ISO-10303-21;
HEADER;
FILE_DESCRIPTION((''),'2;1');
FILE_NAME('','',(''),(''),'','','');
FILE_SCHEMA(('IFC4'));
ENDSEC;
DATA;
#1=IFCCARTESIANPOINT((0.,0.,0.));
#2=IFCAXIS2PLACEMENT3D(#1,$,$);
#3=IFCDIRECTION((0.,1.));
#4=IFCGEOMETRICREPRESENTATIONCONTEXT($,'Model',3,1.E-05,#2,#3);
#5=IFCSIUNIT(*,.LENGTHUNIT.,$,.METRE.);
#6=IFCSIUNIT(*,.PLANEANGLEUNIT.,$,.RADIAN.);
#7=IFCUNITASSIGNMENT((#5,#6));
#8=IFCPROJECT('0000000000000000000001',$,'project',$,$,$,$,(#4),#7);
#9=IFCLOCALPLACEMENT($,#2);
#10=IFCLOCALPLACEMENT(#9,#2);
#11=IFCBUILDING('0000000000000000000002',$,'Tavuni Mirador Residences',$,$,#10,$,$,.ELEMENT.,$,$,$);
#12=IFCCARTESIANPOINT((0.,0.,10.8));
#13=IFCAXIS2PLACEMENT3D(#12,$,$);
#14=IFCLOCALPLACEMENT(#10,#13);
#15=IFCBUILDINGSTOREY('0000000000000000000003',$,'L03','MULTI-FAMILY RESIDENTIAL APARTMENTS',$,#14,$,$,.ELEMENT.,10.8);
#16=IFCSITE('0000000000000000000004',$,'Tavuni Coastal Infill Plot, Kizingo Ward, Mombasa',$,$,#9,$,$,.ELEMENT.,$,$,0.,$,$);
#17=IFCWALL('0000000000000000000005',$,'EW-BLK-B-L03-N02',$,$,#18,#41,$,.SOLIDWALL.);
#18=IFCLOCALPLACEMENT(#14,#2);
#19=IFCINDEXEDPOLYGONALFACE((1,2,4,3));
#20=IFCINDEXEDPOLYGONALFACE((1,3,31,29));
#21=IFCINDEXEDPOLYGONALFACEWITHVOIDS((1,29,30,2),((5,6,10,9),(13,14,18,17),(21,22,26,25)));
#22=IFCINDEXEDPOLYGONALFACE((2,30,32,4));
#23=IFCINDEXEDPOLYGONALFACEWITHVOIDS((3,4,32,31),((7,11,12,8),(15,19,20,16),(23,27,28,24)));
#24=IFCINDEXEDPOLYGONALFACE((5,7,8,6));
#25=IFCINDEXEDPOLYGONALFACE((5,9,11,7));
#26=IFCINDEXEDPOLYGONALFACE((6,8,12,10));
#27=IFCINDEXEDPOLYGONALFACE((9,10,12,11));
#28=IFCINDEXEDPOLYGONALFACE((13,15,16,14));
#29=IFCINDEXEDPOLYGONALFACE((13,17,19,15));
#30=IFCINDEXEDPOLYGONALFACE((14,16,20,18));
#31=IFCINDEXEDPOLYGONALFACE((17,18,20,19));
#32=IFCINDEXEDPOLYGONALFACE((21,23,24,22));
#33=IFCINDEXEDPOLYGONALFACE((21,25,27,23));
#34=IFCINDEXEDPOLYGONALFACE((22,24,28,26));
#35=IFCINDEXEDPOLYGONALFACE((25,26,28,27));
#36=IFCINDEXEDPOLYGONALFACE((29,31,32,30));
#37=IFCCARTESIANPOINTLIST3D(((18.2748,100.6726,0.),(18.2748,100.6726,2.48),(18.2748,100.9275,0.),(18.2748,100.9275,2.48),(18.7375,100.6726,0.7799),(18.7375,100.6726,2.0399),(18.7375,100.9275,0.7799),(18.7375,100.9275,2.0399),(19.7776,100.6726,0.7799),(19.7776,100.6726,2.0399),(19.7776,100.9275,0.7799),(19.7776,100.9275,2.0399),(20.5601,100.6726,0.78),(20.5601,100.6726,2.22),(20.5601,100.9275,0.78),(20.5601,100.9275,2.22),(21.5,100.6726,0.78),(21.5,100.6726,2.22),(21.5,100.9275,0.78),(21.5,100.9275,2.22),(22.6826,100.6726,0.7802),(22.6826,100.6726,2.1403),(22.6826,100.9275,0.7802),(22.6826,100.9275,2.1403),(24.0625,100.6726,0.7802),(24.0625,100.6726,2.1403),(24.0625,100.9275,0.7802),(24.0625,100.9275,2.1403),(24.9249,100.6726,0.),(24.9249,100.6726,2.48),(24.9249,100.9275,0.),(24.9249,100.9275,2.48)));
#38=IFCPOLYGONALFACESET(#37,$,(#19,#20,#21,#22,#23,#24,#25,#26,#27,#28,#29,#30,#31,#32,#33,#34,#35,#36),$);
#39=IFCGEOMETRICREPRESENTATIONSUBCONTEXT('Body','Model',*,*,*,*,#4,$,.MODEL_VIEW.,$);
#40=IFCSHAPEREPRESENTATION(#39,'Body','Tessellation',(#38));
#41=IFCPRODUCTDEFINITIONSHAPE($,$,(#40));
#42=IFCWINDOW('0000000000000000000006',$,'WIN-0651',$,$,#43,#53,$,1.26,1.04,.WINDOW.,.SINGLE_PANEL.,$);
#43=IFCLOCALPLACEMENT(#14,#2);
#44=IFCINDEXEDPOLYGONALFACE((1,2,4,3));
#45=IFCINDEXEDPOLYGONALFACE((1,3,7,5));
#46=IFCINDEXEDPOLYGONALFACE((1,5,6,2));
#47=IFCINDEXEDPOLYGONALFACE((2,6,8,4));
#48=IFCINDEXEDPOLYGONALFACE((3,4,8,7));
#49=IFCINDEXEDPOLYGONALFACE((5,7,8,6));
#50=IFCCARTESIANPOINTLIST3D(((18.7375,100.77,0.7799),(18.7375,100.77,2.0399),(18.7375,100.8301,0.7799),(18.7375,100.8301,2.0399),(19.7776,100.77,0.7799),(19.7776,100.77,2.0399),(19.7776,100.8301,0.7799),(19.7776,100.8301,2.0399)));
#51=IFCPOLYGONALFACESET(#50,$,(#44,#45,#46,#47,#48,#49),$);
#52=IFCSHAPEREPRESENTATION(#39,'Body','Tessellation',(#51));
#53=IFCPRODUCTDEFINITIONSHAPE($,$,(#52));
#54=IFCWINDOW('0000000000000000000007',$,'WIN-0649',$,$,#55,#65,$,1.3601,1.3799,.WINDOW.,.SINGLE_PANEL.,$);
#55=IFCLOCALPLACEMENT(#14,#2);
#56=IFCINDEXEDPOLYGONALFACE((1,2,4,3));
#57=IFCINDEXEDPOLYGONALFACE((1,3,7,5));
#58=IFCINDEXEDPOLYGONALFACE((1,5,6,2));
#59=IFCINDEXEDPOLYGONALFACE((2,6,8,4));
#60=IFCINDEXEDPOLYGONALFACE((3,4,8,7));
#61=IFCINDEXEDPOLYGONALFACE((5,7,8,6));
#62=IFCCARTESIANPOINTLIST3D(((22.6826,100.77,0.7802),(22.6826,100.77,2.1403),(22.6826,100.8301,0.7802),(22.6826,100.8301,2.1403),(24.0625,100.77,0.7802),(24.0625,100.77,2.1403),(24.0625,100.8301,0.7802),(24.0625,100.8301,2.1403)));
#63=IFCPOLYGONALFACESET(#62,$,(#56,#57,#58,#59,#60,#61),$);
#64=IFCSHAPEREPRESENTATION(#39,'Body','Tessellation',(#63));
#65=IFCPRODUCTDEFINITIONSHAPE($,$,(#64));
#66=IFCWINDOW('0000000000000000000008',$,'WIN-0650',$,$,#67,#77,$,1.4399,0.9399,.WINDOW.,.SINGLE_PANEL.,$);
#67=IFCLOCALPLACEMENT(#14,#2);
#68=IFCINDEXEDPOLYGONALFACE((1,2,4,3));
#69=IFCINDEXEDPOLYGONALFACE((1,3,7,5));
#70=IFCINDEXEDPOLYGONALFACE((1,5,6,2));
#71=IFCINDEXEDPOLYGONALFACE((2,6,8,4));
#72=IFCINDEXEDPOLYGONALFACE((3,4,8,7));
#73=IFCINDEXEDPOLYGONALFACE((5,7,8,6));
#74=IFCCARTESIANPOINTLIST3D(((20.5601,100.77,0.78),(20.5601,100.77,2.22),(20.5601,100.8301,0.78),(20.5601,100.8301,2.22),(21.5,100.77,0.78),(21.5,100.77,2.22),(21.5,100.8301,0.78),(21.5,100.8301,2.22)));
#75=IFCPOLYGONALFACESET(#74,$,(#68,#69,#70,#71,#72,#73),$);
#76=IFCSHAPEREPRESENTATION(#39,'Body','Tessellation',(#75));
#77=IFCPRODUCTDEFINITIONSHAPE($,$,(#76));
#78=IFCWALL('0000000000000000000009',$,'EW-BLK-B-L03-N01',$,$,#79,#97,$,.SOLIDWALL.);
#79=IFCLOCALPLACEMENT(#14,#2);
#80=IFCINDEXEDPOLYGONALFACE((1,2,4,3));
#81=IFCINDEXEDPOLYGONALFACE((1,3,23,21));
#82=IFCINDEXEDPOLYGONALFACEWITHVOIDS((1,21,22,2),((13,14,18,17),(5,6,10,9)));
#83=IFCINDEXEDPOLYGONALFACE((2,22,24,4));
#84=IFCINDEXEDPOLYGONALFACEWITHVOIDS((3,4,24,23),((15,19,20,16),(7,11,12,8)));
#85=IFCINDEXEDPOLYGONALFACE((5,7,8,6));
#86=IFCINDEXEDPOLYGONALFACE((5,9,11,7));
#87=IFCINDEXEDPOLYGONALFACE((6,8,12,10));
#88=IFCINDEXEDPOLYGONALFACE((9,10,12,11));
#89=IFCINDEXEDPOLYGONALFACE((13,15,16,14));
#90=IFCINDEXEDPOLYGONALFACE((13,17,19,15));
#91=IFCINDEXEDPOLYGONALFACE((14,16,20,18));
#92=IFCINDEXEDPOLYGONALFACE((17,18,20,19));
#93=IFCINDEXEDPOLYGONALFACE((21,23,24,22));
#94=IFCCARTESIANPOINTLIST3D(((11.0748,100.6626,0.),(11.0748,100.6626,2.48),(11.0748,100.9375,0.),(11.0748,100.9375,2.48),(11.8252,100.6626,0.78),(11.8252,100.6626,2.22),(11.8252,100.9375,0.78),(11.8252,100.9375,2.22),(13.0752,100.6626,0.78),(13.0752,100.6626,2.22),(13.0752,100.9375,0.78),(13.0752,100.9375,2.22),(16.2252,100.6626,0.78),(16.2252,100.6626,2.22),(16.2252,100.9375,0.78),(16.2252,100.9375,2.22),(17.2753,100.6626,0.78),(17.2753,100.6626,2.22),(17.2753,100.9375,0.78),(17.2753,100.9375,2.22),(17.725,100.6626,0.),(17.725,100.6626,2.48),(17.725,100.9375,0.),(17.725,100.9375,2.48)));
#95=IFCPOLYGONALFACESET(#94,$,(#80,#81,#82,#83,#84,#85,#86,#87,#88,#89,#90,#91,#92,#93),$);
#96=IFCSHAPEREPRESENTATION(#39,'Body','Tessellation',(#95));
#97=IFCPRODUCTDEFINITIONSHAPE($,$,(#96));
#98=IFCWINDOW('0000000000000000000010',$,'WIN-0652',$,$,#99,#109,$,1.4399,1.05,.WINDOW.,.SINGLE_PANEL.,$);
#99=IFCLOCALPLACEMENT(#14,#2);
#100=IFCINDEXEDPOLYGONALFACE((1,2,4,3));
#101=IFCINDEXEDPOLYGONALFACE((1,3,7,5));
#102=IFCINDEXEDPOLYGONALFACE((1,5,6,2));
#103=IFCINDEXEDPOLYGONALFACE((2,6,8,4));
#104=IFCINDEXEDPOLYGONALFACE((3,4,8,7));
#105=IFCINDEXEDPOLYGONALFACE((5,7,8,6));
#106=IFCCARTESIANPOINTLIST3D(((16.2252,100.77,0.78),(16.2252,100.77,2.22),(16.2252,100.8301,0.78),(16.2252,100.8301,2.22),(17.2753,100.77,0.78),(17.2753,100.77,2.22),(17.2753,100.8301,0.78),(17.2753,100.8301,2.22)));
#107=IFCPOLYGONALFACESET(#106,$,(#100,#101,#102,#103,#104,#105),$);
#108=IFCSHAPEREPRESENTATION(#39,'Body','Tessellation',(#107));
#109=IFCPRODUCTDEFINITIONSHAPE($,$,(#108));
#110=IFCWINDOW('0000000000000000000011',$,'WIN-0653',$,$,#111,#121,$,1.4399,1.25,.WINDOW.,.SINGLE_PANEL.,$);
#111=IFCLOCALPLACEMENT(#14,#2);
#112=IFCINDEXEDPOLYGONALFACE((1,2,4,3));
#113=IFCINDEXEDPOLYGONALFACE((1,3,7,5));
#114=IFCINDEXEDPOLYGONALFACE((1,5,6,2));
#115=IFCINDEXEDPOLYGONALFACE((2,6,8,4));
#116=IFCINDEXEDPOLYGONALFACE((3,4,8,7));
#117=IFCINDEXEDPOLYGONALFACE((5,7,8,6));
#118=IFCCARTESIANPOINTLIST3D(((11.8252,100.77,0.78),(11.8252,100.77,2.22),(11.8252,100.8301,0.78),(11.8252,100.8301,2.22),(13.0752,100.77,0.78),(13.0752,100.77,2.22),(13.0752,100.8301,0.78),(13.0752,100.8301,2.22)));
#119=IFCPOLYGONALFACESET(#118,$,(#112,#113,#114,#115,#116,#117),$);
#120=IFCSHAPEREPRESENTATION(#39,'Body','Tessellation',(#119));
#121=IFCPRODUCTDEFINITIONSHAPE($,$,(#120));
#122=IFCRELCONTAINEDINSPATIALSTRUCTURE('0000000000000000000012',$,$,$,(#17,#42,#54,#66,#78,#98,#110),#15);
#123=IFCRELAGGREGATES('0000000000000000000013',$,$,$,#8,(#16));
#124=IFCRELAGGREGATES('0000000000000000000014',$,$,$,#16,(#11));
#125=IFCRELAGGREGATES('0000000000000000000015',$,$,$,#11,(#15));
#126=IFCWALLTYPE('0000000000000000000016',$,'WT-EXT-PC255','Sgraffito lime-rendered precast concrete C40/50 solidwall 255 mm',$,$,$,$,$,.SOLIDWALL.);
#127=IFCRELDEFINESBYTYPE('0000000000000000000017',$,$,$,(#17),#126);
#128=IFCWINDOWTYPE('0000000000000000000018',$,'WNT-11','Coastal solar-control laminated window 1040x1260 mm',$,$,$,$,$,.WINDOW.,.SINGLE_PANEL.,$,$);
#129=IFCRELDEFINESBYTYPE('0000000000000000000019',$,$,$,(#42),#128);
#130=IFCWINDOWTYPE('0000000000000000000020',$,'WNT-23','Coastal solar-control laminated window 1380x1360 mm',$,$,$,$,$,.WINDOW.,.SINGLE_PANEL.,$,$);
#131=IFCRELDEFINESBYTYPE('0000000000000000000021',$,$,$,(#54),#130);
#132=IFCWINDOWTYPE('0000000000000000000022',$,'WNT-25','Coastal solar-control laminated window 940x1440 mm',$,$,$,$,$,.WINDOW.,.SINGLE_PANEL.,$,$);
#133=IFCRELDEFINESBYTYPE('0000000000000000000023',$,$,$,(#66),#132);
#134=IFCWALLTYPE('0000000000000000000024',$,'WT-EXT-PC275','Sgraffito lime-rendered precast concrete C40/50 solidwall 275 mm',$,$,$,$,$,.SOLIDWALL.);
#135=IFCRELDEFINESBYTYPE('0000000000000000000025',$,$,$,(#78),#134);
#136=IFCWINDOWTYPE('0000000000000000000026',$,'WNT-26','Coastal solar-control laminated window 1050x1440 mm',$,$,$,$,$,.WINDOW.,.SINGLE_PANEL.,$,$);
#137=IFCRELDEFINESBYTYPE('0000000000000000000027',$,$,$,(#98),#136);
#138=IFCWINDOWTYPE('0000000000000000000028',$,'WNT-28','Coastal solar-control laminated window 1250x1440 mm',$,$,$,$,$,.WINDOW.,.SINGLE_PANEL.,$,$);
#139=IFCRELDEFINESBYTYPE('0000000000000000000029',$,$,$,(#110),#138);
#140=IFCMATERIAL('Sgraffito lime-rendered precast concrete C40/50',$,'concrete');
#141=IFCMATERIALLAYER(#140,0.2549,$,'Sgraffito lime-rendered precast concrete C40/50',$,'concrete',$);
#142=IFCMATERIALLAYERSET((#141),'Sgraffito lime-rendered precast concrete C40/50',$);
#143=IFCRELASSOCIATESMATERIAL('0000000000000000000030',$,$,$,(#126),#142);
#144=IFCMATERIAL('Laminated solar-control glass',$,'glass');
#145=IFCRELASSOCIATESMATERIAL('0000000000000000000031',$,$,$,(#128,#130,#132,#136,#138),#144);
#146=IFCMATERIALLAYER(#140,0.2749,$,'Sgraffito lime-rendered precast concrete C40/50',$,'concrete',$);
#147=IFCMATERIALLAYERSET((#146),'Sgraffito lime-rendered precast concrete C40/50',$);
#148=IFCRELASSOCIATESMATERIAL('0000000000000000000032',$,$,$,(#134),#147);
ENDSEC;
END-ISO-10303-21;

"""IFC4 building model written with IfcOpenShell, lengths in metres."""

from ifc_helpers import new_model, si_unit, direction, frame, frame_2d, origin, place, context, subcontext, project, spatial, rectangle, extrude, material, layer, layer_set, type_object, element, fill, save


model = new_model("IFC4")

# Units and contexts
model_context = context("Model", 3, precision=1e-05, world=origin(), true_north=direction((0.0, 1.0)))
body_context = subcontext(model_context, "Body", "Model", "MODEL_VIEW")
ifc_project = project(units=[si_unit("LENGTHUNIT", "METRE"), si_unit("PLANEANGLEUNIT", "RADIAN")], contexts=[model_context])

# Site, building, storey
site_placement = place(None, origin())
site = spatial("IfcSite", under=ifc_project, at=site_placement, Name="Tavuni Coastal Infill Plot, Kizingo Ward, Mombasa", CompositionType="ELEMENT", RefElevation=0.0)
building_placement = place(site_placement, origin())
building = spatial("IfcBuilding", under=site, at=building_placement, Name="Tavuni Mirador Residences", CompositionType="ELEMENT")
storey_placement = place(building_placement, frame((0.0, 0.0, 10.8)))
storey = spatial("IfcBuildingStorey", under=building, at=storey_placement, Name="L03", Description="MULTI-FAMILY RESIDENTIAL APARTMENTS", CompositionType="ELEMENT", Elevation=10.8)

# Walls, openings, windows
ifc_material_1 = material(Name="Sgraffito lime-rendered precast concrete C40/50", Category="concrete")
ifc_layer_1 = layer(ifc_material_1, 0.2549, Name="Sgraffito lime-rendered precast concrete C40/50", Category="concrete")
ifc_layer_set_1 = layer_set([ifc_layer_1], Name="Sgraffito lime-rendered precast concrete C40/50")
wall_type_1 = type_object("IfcWallType", Name="WT-EXT-PC255", Description="Sgraffito lime-rendered precast concrete C40/50 solidwall 255 mm", PredefinedType="SOLIDWALL", material=ifc_layer_set_1)
wall_1_placement = place(storey_placement, frame((24.925, 100.8, 0.0), z_axis=(0.0, 0.0, 1.0), x_axis=(-1.0, 0.0, 0.0)))
wall_1 = element("IfcWall", 1, at=wall_1_placement, inside=storey, type_object=wall_type_1, Name="EW-BLK-B-L03-N02", PredefinedType="SOLIDWALL", context=body_context, shape_type="SweptSolid", body=[
    extrude(rectangle(XDim=6.6501, YDim=0.2549, at=frame_2d((3.3252, 0.0))), origin(), (0.0, 0.0, 1.0), 2.48),
])
opening_1_placement = place(wall_1_placement, frame((0.8625, 0.0, 0.78)))
opening_1 = element("IfcOpeningElement", 2, at=opening_1_placement, cuts=wall_1, PredefinedType="OPENING", context=body_context, shape_type="SweptSolid", body=[
    extrude(rectangle(XDim=1.3799, YDim=1.3601, at=frame_2d((0.6899, 0.6802))), frame((0.0, 0.1375, 0.0), z_axis=(0.0, -1.0, 0.0), x_axis=(1.0, 0.0, 0.0)), (0.0, 0.0, 1.0), 0.2749),
])
opening_2_placement = place(wall_1_placement, frame((3.425, 0.0, 0.78)))
opening_2 = element("IfcOpeningElement", 3, at=opening_2_placement, cuts=wall_1, PredefinedType="OPENING", context=body_context, shape_type="SweptSolid", body=[
    extrude(rectangle(XDim=0.9399, YDim=1.4399, at=frame_2d((0.47, 0.72))), frame((0.0, 0.1375, 0.0), z_axis=(0.0, -1.0, 0.0), x_axis=(1.0, 0.0, 0.0)), (0.0, 0.0, 1.0), 0.2749),
])
opening_3_placement = place(wall_1_placement, frame((5.1475, 0.0, 0.78)))
opening_3 = element("IfcOpeningElement", 4, at=opening_3_placement, cuts=wall_1, PredefinedType="OPENING", context=body_context, shape_type="SweptSolid", body=[
    extrude(rectangle(XDim=1.04, YDim=1.26, at=frame_2d((0.52, 0.6299))), frame((0.0, 0.1375, 0.0), z_axis=(0.0, -1.0, 0.0), x_axis=(1.0, 0.0, 0.0)), (0.0, 0.0, 1.0), 0.2749),
])
ifc_material_2 = material(Name="Laminated solar-control glass", Category="glass")
window_type_1 = type_object("IfcWindowType", Name="WNT-11", Description="Coastal solar-control laminated window 1040x1260 mm", PartitioningType="SINGLE_PANEL", PredefinedType="WINDOW", material=ifc_material_2)
window_1_placement = place(opening_3_placement, origin())
window_1 = element("IfcWindow", 5, at=window_1_placement, inside=storey, type_object=window_type_1, Name="WIN-0651", OverallHeight=1.26, OverallWidth=1.04, PartitioningType="SINGLE_PANEL", PredefinedType="WINDOW", context=body_context, shape_type="SweptSolid", body=[
    extrude(rectangle(XDim=1.04, YDim=1.26, at=frame_2d((0.52, 0.6299))), frame((0.0, 0.03, 0.0), z_axis=(0.0, -1.0, 0.0), x_axis=(1.0, 0.0, 0.0)), (0.0, 0.0, 1.0), 0.0601),
])
fill(opening_3, window_1)
window_type_2 = type_object("IfcWindowType", Name="WNT-23", Description="Coastal solar-control laminated window 1380x1360 mm", PartitioningType="SINGLE_PANEL", PredefinedType="WINDOW", material=ifc_material_2)
window_2_placement = place(opening_1_placement, origin())
window_2 = element("IfcWindow", 6, at=window_2_placement, inside=storey, type_object=window_type_2, Name="WIN-0649", OverallHeight=1.3601, OverallWidth=1.3799, PartitioningType="SINGLE_PANEL", PredefinedType="WINDOW", context=body_context, shape_type="SweptSolid", body=[
    extrude(rectangle(XDim=1.3799, YDim=1.3601, at=frame_2d((0.6899, 0.6802))), frame((0.0, 0.03, 0.0), z_axis=(0.0, -1.0, 0.0), x_axis=(1.0, 0.0, 0.0)), (0.0, 0.0, 1.0), 0.0601),
])
fill(opening_1, window_2)
window_type_3 = type_object("IfcWindowType", Name="WNT-25", Description="Coastal solar-control laminated window 940x1440 mm", PartitioningType="SINGLE_PANEL", PredefinedType="WINDOW", material=ifc_material_2)
window_3_placement = place(opening_2_placement, origin())
window_3 = element("IfcWindow", 7, at=window_3_placement, inside=storey, type_object=window_type_3, Name="WIN-0650", OverallHeight=1.4399, OverallWidth=0.9399, PartitioningType="SINGLE_PANEL", PredefinedType="WINDOW", context=body_context, shape_type="SweptSolid", body=[
    extrude(rectangle(XDim=0.9399, YDim=1.4399, at=frame_2d((0.47, 0.72))), frame((0.0, 0.03, 0.0), z_axis=(0.0, -1.0, 0.0), x_axis=(1.0, 0.0, 0.0)), (0.0, 0.0, 1.0), 0.0601),
])
fill(opening_2, window_3)
ifc_layer_2 = layer(ifc_material_1, 0.2749, Name="Sgraffito lime-rendered precast concrete C40/50", Category="concrete")
ifc_layer_set_2 = layer_set([ifc_layer_2], Name="Sgraffito lime-rendered precast concrete C40/50")
wall_type_2 = type_object("IfcWallType", Name="WT-EXT-PC275", Description="Sgraffito lime-rendered precast concrete C40/50 solidwall 275 mm", PredefinedType="SOLIDWALL", material=ifc_layer_set_2)
wall_2_placement = place(storey_placement, frame((17.7251, 100.8, 0.0), z_axis=(0.0, 0.0, 1.0), x_axis=(-1.0, 0.0, 0.0)))
wall_2 = element("IfcWall", 8, at=wall_2_placement, inside=storey, type_object=wall_type_2, Name="EW-BLK-B-L03-N01", PredefinedType="SOLIDWALL", context=body_context, shape_type="SweptSolid", body=[
    extrude(rectangle(XDim=6.6501, YDim=0.2749, at=frame_2d((3.3252, 0.0))), origin(), (0.0, 0.0, 1.0), 2.48),
])
opening_4_placement = place(wall_2_placement, frame((0.45, 0.0, 0.78)))
opening_4 = element("IfcOpeningElement", 9, at=opening_4_placement, cuts=wall_2, PredefinedType="OPENING", context=body_context, shape_type="SweptSolid", body=[
    extrude(rectangle(XDim=1.05, YDim=1.4399, at=frame_2d((0.5249, 0.72))), frame((0.0, 0.1475, 0.0), z_axis=(0.0, -1.0, 0.0), x_axis=(1.0, 0.0, 0.0)), (0.0, 0.0, 1.0), 0.2949),
])
opening_5_placement = place(wall_2_placement, frame((4.6499, 0.0, 0.78)))
opening_5 = element("IfcOpeningElement", 10, at=opening_5_placement, cuts=wall_2, PredefinedType="OPENING", context=body_context, shape_type="SweptSolid", body=[
    extrude(rectangle(XDim=1.25, YDim=1.4399, at=frame_2d((0.625, 0.72))), frame((0.0, 0.1475, 0.0), z_axis=(0.0, -1.0, 0.0), x_axis=(1.0, 0.0, 0.0)), (0.0, 0.0, 1.0), 0.2949),
])
window_type_4 = type_object("IfcWindowType", Name="WNT-26", Description="Coastal solar-control laminated window 1050x1440 mm", PartitioningType="SINGLE_PANEL", PredefinedType="WINDOW", material=ifc_material_2)
window_4_placement = place(opening_4_placement, origin())
window_4 = element("IfcWindow", 11, at=window_4_placement, inside=storey, type_object=window_type_4, Name="WIN-0652", OverallHeight=1.4399, OverallWidth=1.05, PartitioningType="SINGLE_PANEL", PredefinedType="WINDOW", context=body_context, shape_type="SweptSolid", body=[
    extrude(rectangle(XDim=1.05, YDim=1.4399, at=frame_2d((0.5249, 0.72))), frame((0.0, 0.03, 0.0), z_axis=(0.0, -1.0, 0.0), x_axis=(1.0, 0.0, 0.0)), (0.0, 0.0, 1.0), 0.0601),
])
fill(opening_4, window_4)
window_type_5 = type_object("IfcWindowType", Name="WNT-28", Description="Coastal solar-control laminated window 1250x1440 mm", PartitioningType="SINGLE_PANEL", PredefinedType="WINDOW", material=ifc_material_2)
window_5_placement = place(opening_5_placement, origin())
window_5 = element("IfcWindow", 12, at=window_5_placement, inside=storey, type_object=window_type_5, Name="WIN-0653", OverallHeight=1.4399, OverallWidth=1.25, PartitioningType="SINGLE_PANEL", PredefinedType="WINDOW", context=body_context, shape_type="SweptSolid", body=[
    extrude(rectangle(XDim=1.25, YDim=1.4399, at=frame_2d((0.625, 0.72))), frame((0.0, 0.03, 0.0), z_axis=(0.0, -1.0, 0.0), x_axis=(1.0, 0.0, 0.0)), (0.0, 0.0, 1.0), 0.0601),
])
fill(opening_5, window_5)

save(model, "model.ifc")
